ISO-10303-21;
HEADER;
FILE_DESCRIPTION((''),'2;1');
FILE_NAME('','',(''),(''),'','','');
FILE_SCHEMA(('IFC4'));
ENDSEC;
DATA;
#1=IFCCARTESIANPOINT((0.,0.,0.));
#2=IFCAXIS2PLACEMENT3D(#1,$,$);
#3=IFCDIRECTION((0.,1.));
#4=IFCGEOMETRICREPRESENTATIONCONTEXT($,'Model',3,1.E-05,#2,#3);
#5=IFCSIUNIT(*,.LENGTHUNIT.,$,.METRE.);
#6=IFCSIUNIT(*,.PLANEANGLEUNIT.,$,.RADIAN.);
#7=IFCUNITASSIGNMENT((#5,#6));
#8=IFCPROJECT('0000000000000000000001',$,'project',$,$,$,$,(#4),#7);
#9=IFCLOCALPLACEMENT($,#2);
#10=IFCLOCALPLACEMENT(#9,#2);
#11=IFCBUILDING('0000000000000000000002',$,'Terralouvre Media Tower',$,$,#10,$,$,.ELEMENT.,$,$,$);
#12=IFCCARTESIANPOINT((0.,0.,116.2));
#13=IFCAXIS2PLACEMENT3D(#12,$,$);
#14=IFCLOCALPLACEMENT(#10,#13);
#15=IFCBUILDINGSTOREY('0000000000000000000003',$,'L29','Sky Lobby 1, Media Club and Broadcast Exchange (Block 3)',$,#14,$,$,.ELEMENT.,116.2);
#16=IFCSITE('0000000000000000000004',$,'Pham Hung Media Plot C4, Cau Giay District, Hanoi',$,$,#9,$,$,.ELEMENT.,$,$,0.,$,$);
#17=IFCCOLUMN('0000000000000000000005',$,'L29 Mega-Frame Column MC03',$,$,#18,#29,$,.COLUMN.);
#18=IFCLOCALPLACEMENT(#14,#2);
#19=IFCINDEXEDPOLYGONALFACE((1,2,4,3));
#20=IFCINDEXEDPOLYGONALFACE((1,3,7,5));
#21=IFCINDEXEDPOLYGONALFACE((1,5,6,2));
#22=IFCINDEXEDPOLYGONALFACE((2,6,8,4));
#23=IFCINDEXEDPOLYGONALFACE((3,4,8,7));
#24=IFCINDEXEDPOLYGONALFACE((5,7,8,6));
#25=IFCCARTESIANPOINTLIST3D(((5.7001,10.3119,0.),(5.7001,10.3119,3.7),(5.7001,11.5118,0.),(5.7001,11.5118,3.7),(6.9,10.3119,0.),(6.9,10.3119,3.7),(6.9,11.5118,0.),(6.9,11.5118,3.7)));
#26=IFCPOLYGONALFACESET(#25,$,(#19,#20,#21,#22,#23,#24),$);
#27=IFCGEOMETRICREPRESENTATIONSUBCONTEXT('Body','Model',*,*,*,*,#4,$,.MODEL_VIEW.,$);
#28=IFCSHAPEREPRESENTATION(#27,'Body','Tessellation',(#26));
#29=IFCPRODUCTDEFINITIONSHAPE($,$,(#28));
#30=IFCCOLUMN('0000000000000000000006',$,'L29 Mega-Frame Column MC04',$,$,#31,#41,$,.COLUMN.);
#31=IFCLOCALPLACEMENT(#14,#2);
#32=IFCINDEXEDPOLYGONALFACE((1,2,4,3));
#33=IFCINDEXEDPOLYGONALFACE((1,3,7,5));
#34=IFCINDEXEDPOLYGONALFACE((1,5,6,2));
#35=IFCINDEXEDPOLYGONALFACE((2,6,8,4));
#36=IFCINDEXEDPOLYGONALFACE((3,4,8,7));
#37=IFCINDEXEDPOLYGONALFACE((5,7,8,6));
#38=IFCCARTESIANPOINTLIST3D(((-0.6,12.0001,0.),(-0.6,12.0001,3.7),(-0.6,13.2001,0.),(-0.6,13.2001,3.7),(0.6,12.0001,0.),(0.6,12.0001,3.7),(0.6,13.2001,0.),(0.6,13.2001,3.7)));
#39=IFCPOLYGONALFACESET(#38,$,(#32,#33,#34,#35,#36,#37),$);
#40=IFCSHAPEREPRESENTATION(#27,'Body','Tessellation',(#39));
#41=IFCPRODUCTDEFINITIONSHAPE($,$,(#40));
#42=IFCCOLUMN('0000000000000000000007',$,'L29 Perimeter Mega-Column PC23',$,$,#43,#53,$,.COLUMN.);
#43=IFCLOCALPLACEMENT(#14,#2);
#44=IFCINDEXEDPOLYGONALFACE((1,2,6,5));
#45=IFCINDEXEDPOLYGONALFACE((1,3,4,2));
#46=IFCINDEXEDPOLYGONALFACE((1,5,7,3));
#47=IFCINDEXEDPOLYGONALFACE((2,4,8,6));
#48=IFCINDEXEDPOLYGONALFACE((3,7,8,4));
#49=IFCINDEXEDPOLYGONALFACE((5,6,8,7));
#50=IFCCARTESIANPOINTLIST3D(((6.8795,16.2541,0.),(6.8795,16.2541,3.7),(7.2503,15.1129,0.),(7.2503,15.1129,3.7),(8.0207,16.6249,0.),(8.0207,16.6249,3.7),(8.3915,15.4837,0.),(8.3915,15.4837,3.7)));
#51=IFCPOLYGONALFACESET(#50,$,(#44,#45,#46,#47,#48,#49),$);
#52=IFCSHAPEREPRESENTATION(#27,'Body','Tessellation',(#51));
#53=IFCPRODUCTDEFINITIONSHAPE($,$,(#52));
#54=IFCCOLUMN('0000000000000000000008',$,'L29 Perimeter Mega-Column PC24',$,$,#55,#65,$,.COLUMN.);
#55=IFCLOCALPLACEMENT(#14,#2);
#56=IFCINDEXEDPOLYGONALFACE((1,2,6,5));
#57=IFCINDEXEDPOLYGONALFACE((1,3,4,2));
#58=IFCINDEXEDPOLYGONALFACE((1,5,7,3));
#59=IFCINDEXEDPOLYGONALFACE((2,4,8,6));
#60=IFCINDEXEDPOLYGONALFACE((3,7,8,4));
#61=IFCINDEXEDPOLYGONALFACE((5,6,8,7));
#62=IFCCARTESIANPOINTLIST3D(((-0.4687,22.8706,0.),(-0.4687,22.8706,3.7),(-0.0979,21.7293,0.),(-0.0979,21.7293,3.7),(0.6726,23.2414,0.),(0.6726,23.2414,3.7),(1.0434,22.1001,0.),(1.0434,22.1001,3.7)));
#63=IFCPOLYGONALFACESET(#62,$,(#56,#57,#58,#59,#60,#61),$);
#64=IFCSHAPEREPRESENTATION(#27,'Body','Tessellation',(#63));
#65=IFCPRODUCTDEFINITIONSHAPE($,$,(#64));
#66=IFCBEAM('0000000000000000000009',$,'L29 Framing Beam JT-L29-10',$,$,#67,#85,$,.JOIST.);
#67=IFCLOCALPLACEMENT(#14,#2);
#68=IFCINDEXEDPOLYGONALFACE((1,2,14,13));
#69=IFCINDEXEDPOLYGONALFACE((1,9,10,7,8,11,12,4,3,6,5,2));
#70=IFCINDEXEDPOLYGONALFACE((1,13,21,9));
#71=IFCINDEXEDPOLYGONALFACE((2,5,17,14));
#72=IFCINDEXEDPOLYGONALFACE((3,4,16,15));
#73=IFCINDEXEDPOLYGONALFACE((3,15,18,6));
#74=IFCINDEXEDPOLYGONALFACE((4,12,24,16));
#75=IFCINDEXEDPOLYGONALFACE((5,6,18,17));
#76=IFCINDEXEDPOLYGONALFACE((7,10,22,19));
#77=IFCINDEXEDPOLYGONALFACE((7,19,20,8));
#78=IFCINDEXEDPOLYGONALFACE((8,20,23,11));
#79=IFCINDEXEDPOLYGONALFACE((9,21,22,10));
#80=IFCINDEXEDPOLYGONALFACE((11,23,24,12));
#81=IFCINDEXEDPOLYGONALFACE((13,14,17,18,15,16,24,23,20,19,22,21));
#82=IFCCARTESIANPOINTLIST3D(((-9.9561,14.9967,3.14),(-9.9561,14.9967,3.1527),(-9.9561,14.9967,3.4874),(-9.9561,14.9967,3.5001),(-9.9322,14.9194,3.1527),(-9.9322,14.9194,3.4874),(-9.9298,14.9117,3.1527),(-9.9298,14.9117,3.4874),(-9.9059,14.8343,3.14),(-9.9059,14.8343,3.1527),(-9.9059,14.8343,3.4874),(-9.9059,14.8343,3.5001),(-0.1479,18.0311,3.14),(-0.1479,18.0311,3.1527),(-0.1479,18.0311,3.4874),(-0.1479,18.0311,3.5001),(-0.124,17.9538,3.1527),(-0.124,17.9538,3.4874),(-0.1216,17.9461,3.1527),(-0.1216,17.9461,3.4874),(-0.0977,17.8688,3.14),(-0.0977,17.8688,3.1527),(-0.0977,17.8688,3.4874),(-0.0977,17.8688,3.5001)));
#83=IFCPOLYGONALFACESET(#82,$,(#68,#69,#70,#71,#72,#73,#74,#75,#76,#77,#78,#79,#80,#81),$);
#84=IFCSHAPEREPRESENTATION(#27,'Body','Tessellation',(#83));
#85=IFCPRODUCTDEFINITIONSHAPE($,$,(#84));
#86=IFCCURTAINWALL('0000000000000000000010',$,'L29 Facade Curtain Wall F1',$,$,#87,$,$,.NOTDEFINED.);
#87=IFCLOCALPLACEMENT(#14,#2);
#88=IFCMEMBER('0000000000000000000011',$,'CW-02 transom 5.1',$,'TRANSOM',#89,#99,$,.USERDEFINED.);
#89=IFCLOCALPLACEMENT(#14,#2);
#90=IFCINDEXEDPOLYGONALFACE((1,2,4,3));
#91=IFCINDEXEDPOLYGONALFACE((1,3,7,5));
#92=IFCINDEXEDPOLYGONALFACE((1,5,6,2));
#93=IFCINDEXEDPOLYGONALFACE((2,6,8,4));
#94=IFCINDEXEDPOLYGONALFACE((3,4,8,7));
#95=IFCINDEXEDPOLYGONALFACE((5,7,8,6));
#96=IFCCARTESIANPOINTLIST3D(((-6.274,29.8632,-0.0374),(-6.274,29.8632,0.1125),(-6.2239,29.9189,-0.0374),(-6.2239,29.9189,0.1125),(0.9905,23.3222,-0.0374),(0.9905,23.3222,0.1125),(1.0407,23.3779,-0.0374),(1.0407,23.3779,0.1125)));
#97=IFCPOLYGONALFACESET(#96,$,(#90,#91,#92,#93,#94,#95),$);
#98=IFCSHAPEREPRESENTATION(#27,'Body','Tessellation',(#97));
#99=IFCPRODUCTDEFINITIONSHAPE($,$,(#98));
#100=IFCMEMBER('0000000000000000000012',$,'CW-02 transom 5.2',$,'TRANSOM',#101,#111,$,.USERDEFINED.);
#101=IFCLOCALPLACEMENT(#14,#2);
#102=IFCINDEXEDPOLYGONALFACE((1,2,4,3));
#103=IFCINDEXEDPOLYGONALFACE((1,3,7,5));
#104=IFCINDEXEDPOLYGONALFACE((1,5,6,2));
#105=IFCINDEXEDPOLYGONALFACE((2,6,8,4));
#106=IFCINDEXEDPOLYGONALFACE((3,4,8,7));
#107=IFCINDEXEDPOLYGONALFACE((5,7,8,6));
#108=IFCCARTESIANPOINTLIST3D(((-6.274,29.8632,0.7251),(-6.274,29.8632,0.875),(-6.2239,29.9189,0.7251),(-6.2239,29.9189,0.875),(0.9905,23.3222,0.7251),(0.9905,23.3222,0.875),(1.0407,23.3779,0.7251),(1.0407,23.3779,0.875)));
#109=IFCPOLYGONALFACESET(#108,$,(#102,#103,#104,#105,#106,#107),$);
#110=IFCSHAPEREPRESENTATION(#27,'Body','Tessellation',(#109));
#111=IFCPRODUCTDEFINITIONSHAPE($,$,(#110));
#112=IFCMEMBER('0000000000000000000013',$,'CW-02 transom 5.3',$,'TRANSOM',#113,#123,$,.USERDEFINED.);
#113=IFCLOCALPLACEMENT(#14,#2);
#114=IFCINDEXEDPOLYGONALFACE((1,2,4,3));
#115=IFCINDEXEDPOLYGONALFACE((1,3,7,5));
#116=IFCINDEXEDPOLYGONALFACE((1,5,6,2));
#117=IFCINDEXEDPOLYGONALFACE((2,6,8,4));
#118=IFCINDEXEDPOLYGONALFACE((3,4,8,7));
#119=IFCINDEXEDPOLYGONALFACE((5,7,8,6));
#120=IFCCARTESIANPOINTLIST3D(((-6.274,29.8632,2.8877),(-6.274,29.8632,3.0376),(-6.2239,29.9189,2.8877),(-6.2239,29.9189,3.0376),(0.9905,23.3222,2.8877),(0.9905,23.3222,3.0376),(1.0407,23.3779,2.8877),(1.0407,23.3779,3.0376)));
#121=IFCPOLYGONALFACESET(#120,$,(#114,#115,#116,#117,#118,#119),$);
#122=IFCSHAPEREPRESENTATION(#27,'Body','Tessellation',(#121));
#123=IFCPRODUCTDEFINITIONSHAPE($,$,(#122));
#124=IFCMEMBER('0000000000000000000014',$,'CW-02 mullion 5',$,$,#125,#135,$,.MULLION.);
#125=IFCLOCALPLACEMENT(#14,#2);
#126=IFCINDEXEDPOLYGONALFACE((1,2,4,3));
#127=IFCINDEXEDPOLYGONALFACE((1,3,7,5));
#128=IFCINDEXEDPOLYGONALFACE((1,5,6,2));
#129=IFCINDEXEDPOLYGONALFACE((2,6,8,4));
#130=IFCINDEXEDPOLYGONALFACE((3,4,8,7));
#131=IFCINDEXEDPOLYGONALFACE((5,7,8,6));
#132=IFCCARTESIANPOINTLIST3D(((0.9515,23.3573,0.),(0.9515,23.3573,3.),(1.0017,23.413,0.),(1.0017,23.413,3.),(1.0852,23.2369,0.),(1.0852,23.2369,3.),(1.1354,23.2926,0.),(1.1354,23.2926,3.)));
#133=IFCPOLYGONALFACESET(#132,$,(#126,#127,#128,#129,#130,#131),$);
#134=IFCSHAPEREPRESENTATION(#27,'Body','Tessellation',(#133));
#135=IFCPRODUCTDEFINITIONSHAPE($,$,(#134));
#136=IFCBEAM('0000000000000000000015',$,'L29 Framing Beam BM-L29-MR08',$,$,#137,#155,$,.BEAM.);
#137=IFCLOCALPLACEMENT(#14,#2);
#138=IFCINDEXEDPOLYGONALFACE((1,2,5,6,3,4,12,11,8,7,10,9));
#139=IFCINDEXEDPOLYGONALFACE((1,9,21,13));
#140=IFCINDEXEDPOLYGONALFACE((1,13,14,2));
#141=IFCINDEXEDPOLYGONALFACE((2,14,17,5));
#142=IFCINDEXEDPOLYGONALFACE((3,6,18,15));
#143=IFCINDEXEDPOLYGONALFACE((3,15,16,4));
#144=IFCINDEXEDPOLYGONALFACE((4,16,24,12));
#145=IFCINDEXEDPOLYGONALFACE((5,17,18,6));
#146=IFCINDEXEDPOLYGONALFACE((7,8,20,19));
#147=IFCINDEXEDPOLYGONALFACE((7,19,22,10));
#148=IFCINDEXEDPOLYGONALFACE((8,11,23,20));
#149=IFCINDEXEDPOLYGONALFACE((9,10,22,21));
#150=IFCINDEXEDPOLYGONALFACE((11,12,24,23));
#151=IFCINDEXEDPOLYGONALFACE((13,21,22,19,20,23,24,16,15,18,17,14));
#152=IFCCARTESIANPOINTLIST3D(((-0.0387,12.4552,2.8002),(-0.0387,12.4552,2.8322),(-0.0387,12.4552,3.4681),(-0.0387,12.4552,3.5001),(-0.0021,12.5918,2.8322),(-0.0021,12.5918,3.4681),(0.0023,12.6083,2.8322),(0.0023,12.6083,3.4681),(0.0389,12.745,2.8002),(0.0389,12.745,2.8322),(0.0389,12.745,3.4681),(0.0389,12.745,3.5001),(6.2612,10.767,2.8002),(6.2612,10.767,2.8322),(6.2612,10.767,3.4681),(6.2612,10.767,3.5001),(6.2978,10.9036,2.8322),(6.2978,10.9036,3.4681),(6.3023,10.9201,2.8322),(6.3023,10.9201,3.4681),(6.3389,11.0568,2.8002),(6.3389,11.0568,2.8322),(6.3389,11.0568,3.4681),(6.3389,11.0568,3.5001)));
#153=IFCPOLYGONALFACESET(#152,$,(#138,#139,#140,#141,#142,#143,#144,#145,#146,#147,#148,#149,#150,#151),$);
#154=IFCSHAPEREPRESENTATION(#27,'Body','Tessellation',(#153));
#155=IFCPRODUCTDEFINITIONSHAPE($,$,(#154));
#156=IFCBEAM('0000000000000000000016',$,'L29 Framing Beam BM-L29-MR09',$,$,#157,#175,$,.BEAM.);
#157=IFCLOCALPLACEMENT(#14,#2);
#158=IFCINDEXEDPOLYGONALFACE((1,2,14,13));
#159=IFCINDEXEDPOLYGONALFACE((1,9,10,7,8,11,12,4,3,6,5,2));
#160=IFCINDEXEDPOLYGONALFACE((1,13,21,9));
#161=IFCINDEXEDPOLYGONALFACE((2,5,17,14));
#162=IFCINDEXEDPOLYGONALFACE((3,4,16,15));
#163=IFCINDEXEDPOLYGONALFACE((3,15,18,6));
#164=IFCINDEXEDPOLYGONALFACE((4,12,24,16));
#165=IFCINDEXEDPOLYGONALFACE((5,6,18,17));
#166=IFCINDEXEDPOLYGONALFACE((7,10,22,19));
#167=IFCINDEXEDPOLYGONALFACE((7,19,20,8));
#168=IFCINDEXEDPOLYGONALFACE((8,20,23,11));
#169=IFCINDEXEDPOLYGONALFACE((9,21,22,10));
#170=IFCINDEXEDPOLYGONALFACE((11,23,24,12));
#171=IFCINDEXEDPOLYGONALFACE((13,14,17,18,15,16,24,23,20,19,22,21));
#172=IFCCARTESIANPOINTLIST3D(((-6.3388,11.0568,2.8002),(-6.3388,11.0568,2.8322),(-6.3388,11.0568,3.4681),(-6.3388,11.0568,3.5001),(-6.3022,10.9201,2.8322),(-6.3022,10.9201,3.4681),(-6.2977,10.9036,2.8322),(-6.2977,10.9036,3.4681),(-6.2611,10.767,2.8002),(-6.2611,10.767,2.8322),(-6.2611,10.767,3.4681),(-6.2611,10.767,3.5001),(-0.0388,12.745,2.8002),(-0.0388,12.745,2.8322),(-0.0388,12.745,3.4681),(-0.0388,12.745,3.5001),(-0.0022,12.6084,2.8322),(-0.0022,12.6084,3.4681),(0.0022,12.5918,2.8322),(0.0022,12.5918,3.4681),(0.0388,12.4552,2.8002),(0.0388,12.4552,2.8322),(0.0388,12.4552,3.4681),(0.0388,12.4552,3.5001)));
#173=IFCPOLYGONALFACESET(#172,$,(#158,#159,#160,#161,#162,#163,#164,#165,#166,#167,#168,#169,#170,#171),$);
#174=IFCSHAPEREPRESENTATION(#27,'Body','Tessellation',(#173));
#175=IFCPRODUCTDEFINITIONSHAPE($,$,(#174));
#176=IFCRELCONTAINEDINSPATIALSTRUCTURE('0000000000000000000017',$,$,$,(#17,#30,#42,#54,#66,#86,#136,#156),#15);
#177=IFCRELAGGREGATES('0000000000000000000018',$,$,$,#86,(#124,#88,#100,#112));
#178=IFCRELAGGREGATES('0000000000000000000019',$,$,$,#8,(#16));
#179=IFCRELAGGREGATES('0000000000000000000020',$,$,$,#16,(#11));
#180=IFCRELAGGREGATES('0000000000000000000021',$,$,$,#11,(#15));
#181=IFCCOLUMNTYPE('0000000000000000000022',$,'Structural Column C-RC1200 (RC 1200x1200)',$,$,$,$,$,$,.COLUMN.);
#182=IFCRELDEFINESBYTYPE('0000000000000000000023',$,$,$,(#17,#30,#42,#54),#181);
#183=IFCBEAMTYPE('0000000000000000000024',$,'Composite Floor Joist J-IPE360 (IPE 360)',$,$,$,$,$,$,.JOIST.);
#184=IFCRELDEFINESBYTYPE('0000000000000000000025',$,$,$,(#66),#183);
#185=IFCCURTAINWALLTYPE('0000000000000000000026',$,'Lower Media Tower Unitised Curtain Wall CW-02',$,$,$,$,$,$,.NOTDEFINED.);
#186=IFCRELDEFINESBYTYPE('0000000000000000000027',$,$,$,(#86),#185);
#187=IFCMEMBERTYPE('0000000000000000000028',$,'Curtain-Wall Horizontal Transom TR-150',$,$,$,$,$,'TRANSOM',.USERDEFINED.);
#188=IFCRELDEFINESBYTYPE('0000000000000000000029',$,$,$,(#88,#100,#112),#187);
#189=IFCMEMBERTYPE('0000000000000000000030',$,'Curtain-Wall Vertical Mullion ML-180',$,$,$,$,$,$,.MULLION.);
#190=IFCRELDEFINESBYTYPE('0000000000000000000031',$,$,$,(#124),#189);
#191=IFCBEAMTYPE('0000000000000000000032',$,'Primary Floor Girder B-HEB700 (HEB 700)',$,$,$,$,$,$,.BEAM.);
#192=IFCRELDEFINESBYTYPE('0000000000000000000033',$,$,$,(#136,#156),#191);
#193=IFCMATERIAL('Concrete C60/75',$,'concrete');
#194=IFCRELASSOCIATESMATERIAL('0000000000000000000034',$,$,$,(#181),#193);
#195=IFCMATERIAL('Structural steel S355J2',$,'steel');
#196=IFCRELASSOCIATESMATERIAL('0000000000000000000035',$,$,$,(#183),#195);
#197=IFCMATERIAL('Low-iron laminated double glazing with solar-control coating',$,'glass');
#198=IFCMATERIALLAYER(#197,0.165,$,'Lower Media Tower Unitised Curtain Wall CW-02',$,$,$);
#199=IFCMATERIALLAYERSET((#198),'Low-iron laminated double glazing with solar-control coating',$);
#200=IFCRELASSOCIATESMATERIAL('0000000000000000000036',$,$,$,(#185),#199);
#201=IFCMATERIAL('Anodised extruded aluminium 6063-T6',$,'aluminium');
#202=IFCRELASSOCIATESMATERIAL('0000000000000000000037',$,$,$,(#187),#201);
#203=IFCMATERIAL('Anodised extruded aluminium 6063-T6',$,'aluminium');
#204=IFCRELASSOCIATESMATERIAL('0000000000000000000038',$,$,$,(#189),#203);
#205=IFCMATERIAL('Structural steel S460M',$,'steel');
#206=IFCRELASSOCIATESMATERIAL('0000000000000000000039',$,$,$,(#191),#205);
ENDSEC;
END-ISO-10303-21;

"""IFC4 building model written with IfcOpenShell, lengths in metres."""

from ifc_helpers import new_model, si_unit, direction, frame, origin, origin_2d, place, context, subcontext, project, spatial, rectangle, i_section, extrude, material, layer, layer_set, material_profile, profile_set, type_object, element, aggregate, save


model = new_model("IFC4")

# Units and contexts
model_context = context("Model", 3, precision=1e-05, world=origin(), true_north=direction((0.0, 1.0)))
body_context = subcontext(model_context, "Body", "Model", "MODEL_VIEW")
ifc_project = project(units=[si_unit("LENGTHUNIT", "METRE"), si_unit("PLANEANGLEUNIT", "RADIAN")], contexts=[model_context])

# Site, building, storey
site_placement = place(None, origin())
site = spatial("IfcSite", under=ifc_project, at=site_placement, Name="Pham Hung Media Plot C4, Cau Giay District, Hanoi", CompositionType="ELEMENT", RefElevation=0.0)
building_placement = place(site_placement, origin())
building = spatial("IfcBuilding", under=site, at=building_placement, Name="Terralouvre Media Tower", CompositionType="ELEMENT")
storey_placement = place(building_placement, frame((0.0, 0.0, 116.2)))
storey = spatial("IfcBuildingStorey", under=building, at=storey_placement, Name="L29", Description="Sky Lobby 1, Media Club and Broadcast Exchange (Block 3)", CompositionType="ELEMENT", Elevation=116.2)

# Columns
ifc_material_1 = material(Name="Concrete C60/75", Category="concrete")
ifc_material_profile_1 = material_profile(ifc_material_1, rectangle(XDim=1.2, YDim=1.2, at=origin_2d()), Name="RC 1200x1200")
ifc_profile_set_1 = profile_set([ifc_material_profile_1], Name="Concrete C60/75")
column_type = type_object("IfcColumnType", Name="Structural Column C-RC1200 (RC 1200x1200)", PredefinedType="COLUMN", material=ifc_profile_set_1)
for number, where, z_axis, x_axis, name in (
    (1, (6.3, 10.9119, 0.0), (0.0, 0.0, 1.0), (1.0, 0.0, 0.0), "L29 Mega-Frame Column MC03"),
    (2, (0.0, 12.6001, 0.0), (0.0, 0.0, 1.0), (1.0, 0.0, 0.0), "L29 Mega-Frame Column MC04"),
    (3, (7.6355, 15.8689, 0.0), (0.0, 0.0, 1.0), (0.951057, 0.309017, 0.0), "L29 Perimeter Mega-Column PC23"),
    (4, (0.2874, 22.4854, 0.0), (0.0, 0.0, 1.0), (0.951057, 0.309017, 0.0), "L29 Perimeter Mega-Column PC24"),
):
    element("IfcColumn", number, at=place(storey_placement, frame(where, z_axis=z_axis, x_axis=x_axis)), inside=storey, type_object=column_type, Name=name, PredefinedType="COLUMN", context=body_context, shape_type="SweptSolid", body=[
        extrude(rectangle(XDim=1.2, YDim=1.2, at=origin_2d()), origin(), (0.0, 0.0, 1.0), 3.7),
    ])

# Beam
ifc_material_2 = material(Name="Structural steel S355J2", Category="steel")
ifc_material_profile_2 = material_profile(ifc_material_2, i_section(OverallWidth=0.1699, OverallDepth=0.3601, WebThickness=0.0081, FlangeThickness=0.0127, at=origin_2d()), Name="IPE 360")
ifc_profile_set_2 = profile_set([ifc_material_profile_2], Name="Structural steel S355J2")
beam_type_1 = type_object("IfcBeamType", Name="Composite Floor Joist J-IPE360 (IPE 360)", PredefinedType="JOIST", material=ifc_profile_set_2)
beam_1_placement = place(storey_placement, frame((-0.1228, 17.95, 3.3201), z_axis=(-0.955325, -0.295558, 0.0), x_axis=(0.295558, -0.955325, 0.0)))
element("IfcBeam", 5, at=beam_1_placement, inside=storey, type_object=beam_type_1, Name="L29 Framing Beam JT-L29-10", PredefinedType="JOIST", context=body_context, shape_type="SweptSolid", body=[
    extrude(i_section(OverallWidth=0.1699, OverallDepth=0.3601, WebThickness=0.0081, FlangeThickness=0.0127, at=origin_2d()), origin(), (0.0, 0.0, 1.0), 10.2668),
])

# Curtain wall, members
ifc_material_3 = material(Name="Low-iron laminated double glazing with solar-control coating", Category="glass")
ifc_layer_1 = layer(ifc_material_3, 0.165, Name="Lower Media Tower Unitised Curtain Wall CW-02")
ifc_layer_set_1 = layer_set([ifc_layer_1], Name="Low-iron laminated double glazing with solar-control coating")
curtain_wall_type = type_object("IfcCurtainWallType", Name="Lower Media Tower Unitised Curtain Wall CW-02", PredefinedType="NOTDEFINED", material=ifc_layer_set_1)
curtain_wall_placement = place(storey_placement, origin())
curtain_wall = element("IfcCurtainWall", 6, at=curtain_wall_placement, inside=storey, type_object=curtain_wall_type, Name="L29 Facade Curtain Wall F1", PredefinedType="NOTDEFINED")
ifc_material_4 = material(Name="Anodised extruded aluminium 6063-T6", Category="aluminium")
ifc_material_profile_3 = material_profile(ifc_material_4, rectangle(XDim=0.075, YDim=0.1499, at=origin_2d()), Name="ALU 75x150")
ifc_profile_set_3 = profile_set([ifc_material_profile_3], Name="Anodised extruded aluminium 6063-T6")
member_type_1 = type_object("IfcMemberType", Name="Curtain-Wall Horizontal Transom TR-150", ElementType="TRANSOM", PredefinedType="USERDEFINED", material=ifc_profile_set_3)
member_1_placement = place(storey_placement, frame((1.0156, 23.3501, 0.0376), z_axis=(-0.74315, 0.669125, 0.0), x_axis=(-0.669125, -0.74315, 0.0)))
member_1 = element("IfcMember", 7, at=member_1_placement, type_object=member_type_1, Name="CW-02 transom 5.1", ObjectType="TRANSOM", PredefinedType="USERDEFINED", context=body_context, shape_type="SweptSolid", body=[
    extrude(rectangle(XDim=0.075, YDim=0.1499, at=origin_2d()), origin(), (0.0, 0.0, 1.0), 9.7754),
])
member_2_placement = place(storey_placement, frame((1.0156, 23.3501, 0.8), z_axis=(-0.74315, 0.669125, 0.0), x_axis=(-0.669125, -0.74315, 0.0)))
member_2 = element("IfcMember", 8, at=member_2_placement, type_object=member_type_1, Name="CW-02 transom 5.2", ObjectType="TRANSOM", PredefinedType="USERDEFINED", context=body_context, shape_type="SweptSolid", body=[
    extrude(rectangle(XDim=0.075, YDim=0.1499, at=origin_2d()), origin(), (0.0, 0.0, 1.0), 9.7754),
])
member_3_placement = place(storey_placement, frame((1.0156, 23.3501, 2.9626), z_axis=(-0.74315, 0.669125, 0.0), x_axis=(-0.669125, -0.74315, 0.0)))
member_3 = element("IfcMember", 9, at=member_3_placement, type_object=member_type_1, Name="CW-02 transom 5.3", ObjectType="TRANSOM", PredefinedType="USERDEFINED", context=body_context, shape_type="SweptSolid", body=[
    extrude(rectangle(XDim=0.075, YDim=0.1499, at=origin_2d()), origin(), (0.0, 0.0, 1.0), 9.7754),
])
ifc_material_5 = material(Name="Anodised extruded aluminium 6063-T6", Category="aluminium")
ifc_material_profile_4 = material_profile(ifc_material_5, rectangle(XDim=0.075, YDim=0.1799, at=origin_2d()), Name="ALU 75x180")
ifc_profile_set_4 = profile_set([ifc_material_profile_4], Name="Anodised extruded aluminium 6063-T6")
member_type_2 = type_object("IfcMemberType", Name="Curtain-Wall Vertical Mullion ML-180", PredefinedType="MULLION", material=ifc_profile_set_4)
member_4_placement = place(storey_placement, frame((1.0435, 23.325, 0.0), z_axis=(0.0, 0.0, 1.0), x_axis=(-0.669131, -0.743145, 0.0)))
member_4 = element("IfcMember", 10, at=member_4_placement, type_object=member_type_2, Name="CW-02 mullion 5", PredefinedType="MULLION", context=body_context, shape_type="SweptSolid", body=[
    extrude(rectangle(XDim=0.075, YDim=0.1799, at=origin_2d()), origin(), (0.0, 0.0, 1.0), 3.0),
])

# Beams
ifc_material_6 = material(Name="Structural steel S460M", Category="steel")
ifc_material_profile_5 = material_profile(ifc_material_6, i_section(OverallWidth=0.3, OverallDepth=0.7, WebThickness=0.0171, FlangeThickness=0.032, at=origin_2d()), Name="HEB 700")
ifc_profile_set_5 = profile_set([ifc_material_profile_5], Name="Structural steel S460M")
beam_type_2 = type_object("IfcBeamType", Name="Primary Floor Girder B-HEB700 (HEB 700)", PredefinedType="BEAM", material=ifc_profile_set_5)
for number, where, z_axis, x_axis, name in (
    (11, (6.3, 10.9119, 3.1501), (-0.96592, 0.258839, 0.0), (-0.258839, -0.96592, 0.0), "L29 Framing Beam BM-L29-MR08"),
    (12, (0.0, 12.6001, 3.1501), (-0.96592, -0.258839, 0.0), (0.258839, -0.96592, 0.0), "L29 Framing Beam BM-L29-MR09"),
):
    element("IfcBeam", number, at=place(storey_placement, frame(where, z_axis=z_axis, x_axis=x_axis)), inside=storey, type_object=beam_type_2, Name=name, PredefinedType="BEAM", context=body_context, shape_type="SweptSolid", body=[
        extrude(i_section(OverallWidth=0.3, OverallDepth=0.7, WebThickness=0.0171, FlangeThickness=0.032, at=origin_2d()), origin(), (0.0, 0.0, 1.0), 6.5222),
    ])

aggregate(curtain_wall, [member_4, member_1, member_2, member_3])

save(model, "model.ifc")
